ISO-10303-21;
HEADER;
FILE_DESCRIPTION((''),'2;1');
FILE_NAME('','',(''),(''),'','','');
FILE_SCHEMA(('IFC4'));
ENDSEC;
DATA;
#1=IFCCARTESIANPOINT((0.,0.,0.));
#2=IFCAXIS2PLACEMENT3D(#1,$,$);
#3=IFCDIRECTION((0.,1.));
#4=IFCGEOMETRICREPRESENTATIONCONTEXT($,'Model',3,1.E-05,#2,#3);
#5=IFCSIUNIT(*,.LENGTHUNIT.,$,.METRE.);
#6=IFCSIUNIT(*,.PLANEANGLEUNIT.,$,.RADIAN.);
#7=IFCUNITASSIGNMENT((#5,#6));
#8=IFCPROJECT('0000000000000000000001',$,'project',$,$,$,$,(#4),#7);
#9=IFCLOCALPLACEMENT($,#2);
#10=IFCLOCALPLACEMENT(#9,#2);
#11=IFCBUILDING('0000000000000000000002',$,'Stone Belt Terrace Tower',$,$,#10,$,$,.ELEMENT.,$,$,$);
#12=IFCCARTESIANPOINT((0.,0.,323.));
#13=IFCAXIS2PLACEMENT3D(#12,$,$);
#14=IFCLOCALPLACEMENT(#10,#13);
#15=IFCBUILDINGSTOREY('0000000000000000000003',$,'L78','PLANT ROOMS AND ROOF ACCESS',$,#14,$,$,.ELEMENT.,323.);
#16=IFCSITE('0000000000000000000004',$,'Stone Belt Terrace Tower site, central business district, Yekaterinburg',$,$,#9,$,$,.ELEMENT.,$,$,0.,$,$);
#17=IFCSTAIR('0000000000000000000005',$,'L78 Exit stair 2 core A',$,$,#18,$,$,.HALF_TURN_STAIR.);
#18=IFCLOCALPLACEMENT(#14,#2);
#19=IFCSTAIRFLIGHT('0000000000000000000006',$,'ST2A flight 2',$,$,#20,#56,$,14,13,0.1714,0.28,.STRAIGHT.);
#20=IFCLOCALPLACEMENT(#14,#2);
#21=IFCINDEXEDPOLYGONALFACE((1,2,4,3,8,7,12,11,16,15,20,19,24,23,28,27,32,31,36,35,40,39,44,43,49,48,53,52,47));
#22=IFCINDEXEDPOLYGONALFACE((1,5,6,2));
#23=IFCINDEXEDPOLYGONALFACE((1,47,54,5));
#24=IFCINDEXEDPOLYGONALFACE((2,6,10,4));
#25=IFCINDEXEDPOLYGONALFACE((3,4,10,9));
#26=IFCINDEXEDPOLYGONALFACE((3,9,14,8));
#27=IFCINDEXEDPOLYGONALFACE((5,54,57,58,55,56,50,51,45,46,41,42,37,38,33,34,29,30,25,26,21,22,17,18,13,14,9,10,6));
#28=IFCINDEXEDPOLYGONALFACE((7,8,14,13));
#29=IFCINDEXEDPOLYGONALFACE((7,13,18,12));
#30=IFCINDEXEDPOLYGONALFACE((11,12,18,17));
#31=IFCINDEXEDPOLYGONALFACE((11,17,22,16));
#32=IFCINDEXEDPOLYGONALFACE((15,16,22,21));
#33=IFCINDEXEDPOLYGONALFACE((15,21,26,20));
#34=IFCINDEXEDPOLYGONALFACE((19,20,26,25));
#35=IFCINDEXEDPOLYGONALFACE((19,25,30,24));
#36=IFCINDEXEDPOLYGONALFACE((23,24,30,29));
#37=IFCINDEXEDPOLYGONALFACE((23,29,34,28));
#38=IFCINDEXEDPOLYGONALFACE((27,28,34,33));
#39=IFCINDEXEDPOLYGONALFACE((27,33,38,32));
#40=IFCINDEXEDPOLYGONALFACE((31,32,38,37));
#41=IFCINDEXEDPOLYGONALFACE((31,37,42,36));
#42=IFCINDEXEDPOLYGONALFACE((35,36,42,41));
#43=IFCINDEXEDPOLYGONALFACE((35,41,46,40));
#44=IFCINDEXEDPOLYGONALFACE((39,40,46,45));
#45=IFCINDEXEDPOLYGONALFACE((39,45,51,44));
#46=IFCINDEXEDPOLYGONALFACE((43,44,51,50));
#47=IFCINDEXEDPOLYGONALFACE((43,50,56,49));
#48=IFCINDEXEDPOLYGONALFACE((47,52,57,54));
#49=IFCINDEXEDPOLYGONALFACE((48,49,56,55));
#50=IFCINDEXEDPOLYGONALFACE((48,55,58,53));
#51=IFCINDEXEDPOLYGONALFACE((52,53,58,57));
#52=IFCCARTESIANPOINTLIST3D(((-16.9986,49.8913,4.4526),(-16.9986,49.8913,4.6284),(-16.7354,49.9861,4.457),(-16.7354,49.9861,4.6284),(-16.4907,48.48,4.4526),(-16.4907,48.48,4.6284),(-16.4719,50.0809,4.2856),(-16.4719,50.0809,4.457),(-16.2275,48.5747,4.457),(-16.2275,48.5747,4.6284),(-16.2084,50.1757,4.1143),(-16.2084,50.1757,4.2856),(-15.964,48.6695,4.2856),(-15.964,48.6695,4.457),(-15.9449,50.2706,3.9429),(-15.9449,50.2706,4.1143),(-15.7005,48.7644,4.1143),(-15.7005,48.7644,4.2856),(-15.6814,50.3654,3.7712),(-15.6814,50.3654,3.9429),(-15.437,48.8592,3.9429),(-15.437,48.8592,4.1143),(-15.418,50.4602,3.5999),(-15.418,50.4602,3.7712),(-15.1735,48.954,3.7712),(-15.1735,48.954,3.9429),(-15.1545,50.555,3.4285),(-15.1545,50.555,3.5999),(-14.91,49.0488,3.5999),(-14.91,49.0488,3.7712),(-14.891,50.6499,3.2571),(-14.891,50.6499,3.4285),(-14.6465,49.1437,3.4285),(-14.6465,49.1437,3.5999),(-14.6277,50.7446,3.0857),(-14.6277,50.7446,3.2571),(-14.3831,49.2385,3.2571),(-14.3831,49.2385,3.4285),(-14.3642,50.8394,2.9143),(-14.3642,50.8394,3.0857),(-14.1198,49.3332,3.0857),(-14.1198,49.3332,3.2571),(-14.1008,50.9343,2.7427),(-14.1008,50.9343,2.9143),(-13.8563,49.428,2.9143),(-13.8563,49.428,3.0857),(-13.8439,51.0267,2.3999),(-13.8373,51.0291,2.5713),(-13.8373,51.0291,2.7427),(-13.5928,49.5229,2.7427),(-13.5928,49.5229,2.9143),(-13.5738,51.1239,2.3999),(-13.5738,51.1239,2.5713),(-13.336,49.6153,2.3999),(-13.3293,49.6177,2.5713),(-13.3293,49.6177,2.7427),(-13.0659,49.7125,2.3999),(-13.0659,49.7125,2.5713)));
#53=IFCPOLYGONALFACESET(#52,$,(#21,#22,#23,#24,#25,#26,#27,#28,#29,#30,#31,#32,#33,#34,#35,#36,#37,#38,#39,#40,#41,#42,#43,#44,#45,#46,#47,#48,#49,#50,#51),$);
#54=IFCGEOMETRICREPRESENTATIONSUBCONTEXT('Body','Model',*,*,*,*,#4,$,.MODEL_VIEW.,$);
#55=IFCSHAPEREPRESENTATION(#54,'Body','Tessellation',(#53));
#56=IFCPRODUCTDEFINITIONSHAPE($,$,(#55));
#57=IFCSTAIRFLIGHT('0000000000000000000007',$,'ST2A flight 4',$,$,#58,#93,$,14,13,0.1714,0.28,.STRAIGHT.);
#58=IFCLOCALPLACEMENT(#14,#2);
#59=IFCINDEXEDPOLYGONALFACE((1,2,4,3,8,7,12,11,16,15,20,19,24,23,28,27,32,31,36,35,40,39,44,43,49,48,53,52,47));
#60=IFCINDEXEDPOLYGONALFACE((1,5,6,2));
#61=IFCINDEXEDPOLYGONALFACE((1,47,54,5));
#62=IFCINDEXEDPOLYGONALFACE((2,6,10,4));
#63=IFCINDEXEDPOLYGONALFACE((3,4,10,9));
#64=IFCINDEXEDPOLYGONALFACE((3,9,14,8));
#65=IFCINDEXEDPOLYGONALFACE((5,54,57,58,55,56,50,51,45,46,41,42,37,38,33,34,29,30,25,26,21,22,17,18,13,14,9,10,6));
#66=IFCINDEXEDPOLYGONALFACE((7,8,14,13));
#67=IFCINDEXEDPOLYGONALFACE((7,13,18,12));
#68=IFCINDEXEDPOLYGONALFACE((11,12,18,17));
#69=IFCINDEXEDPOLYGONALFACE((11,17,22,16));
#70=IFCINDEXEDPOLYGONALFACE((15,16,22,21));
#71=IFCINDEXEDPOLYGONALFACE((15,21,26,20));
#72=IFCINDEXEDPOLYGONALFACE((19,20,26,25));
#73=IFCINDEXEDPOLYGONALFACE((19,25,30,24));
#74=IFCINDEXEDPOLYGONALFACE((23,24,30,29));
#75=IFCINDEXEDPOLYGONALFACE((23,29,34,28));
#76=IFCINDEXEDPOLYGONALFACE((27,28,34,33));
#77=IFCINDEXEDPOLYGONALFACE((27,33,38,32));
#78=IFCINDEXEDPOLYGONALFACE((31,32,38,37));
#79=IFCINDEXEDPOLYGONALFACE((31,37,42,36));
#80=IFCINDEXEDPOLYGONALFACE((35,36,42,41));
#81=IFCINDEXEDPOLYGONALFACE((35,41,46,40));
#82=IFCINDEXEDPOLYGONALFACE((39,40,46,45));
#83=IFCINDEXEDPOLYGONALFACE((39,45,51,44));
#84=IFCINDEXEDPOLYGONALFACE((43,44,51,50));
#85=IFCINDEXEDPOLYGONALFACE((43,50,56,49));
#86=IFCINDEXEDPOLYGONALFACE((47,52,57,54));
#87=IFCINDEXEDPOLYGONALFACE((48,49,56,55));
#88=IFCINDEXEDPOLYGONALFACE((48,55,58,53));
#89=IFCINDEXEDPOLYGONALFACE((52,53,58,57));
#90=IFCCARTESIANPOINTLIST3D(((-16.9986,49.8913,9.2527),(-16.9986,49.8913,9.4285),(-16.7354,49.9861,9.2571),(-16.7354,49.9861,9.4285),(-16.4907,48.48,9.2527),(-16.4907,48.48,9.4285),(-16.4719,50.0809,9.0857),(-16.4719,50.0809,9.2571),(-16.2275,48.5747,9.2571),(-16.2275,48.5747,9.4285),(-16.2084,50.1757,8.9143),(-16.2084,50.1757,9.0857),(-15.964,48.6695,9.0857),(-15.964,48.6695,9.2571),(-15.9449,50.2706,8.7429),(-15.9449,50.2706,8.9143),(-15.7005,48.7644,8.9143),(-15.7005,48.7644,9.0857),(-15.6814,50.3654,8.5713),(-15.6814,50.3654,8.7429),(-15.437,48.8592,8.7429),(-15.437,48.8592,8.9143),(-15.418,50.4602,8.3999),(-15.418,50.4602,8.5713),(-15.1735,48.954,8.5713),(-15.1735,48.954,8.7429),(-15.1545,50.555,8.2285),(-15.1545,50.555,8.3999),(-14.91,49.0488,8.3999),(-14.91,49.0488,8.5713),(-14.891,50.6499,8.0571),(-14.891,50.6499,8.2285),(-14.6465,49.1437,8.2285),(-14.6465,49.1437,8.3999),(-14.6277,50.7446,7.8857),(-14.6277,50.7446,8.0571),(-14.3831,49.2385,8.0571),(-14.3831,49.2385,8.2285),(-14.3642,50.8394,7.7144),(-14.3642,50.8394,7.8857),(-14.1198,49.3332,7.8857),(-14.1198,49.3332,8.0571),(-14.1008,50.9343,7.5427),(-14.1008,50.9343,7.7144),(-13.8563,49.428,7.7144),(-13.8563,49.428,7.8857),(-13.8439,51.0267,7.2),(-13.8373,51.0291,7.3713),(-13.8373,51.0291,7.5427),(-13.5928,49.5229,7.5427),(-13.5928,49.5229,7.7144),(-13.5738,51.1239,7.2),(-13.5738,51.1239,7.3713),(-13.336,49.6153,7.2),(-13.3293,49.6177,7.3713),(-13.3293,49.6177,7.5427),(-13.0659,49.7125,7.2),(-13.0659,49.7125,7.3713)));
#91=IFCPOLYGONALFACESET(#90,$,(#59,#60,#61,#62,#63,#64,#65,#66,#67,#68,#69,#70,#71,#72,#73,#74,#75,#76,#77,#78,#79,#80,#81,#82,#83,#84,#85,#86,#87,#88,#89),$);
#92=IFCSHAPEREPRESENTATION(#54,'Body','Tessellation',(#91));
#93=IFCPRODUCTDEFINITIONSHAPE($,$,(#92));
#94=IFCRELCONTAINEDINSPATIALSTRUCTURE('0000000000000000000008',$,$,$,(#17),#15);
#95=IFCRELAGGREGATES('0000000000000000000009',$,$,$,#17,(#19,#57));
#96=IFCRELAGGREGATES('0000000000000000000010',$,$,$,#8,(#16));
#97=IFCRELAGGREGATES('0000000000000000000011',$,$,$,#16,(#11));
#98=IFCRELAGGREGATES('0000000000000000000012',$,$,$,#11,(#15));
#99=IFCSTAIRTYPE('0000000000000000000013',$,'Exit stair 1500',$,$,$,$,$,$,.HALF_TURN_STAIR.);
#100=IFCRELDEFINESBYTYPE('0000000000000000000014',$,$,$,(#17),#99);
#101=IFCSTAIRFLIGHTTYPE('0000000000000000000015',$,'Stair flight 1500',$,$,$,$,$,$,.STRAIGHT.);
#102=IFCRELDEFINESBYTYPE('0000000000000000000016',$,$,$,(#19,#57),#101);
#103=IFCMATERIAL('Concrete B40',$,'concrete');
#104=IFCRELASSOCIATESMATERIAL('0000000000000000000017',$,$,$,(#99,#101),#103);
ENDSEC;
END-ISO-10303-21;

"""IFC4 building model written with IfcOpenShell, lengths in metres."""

from ifc_helpers import new_model, si_unit, direction, frame, origin, place, context, subcontext, project, spatial, polyline, outline, extrude, material, type_object, element, aggregate, save


model = new_model("IFC4")

# Units and contexts
model_context = context("Model", 3, precision=1e-05, world=origin(), true_north=direction((0.0, 1.0)))
body_context = subcontext(model_context, "Body", "Model", "MODEL_VIEW")
ifc_project = project(units=[si_unit("LENGTHUNIT", "METRE"), si_unit("PLANEANGLEUNIT", "RADIAN")], contexts=[model_context])

# Site, building, storey
site_placement = place(None, origin())
site = spatial("IfcSite", under=ifc_project, at=site_placement, Name="Stone Belt Terrace Tower site, central business district, Yekaterinburg", CompositionType="ELEMENT", RefElevation=0.0)
building_placement = place(site_placement, origin())
building = spatial("IfcBuilding", under=site, at=building_placement, Name="Stone Belt Terrace Tower", CompositionType="ELEMENT")
storey_placement = place(building_placement, frame((0.0, 0.0, 323.0)))
storey = spatial("IfcBuildingStorey", under=building, at=storey_placement, Name="L78", Description="PLANT ROOMS AND ROOF ACCESS", CompositionType="ELEMENT", Elevation=323.0)

# Stair, stair flights
ifc_material_1 = material(Name="Concrete B40", Category="concrete")
stair_type = type_object("IfcStairType", Name="Exit stair 1500", PredefinedType="HALF_TURN_STAIR", material=ifc_material_1)
stair_placement = place(storey_placement, origin())
stair = element("IfcStair", 1, at=stair_placement, inside=storey, type_object=stair_type, Name="L78 Exit stair 2 core A", PredefinedType="HALF_TURN_STAIR")
stair_flight_type = type_object("IfcStairFlightType", Name="Stair flight 1500", PredefinedType="STRAIGHT", material=ifc_material_1)
stair_flight_1_placement = place(storey_placement, frame((-13.3198, 50.4182, 2.3999), z_axis=(0.0, 0.0, 1.0), x_axis=(-0.940922, -0.338624, 0.0)))
stair_flight_1 = element("IfcStairFlight", 2, at=stair_flight_1_placement, type_object=stair_flight_type, Name="ST2A flight 2", NumberOfRisers=14, NumberOfTreads=13, PredefinedType="STRAIGHT", RiserHeight=0.1714, TreadLength=0.28, context=body_context, shape_type="SweptSolid", body=[
    extrude(outline(polyline([(0.0, 0.0), (0.0, 0.1714), (0.28, 0.1714), (0.28, 0.3428), (0.5601, 0.3428), (0.5601, 0.5144), (0.8401, 0.5144), (0.8401, 0.6858), (1.1201, 0.6858), (1.1201, 0.8572), (1.3999, 0.8572), (1.3999, 1.0286), (1.6799, 1.0286), (1.6799, 1.2), (1.96, 1.2), (1.96, 1.3713), (2.24, 1.3713), (2.24, 1.543), (2.52, 1.543), (2.52, 1.7144), (2.8, 1.7144), (2.8, 1.8857), (3.0801, 1.8857), (3.0801, 2.0571), (3.3601, 2.0571), (3.3601, 2.2285), (3.6399, 2.2285), (3.6399, 2.3999), (3.6399, 2.0527), (0.2871, 0.0), (0.0, 0.0)])), frame((0.0, 0.75, 0.0), z_axis=(0.0, -1.0, 0.0), x_axis=(1.0, 0.0, 0.0)), (0.0, 0.0, 1.0), 1.5),
])
stair_flight_2_placement = place(storey_placement, frame((-13.3198, 50.4182, 7.2), z_axis=(0.0, 0.0, 1.0), x_axis=(-0.940922, -0.338624, 0.0)))
stair_flight_2 = element("IfcStairFlight", 3, at=stair_flight_2_placement, type_object=stair_flight_type, Name="ST2A flight 4", NumberOfRisers=14, NumberOfTreads=13, PredefinedType="STRAIGHT", RiserHeight=0.1714, TreadLength=0.28, context=body_context, shape_type="SweptSolid", body=[
    extrude(outline(polyline([(0.0, 0.0), (0.0, 0.1714), (0.28, 0.1714), (0.28, 0.3428), (0.5601, 0.3428), (0.5601, 0.5144), (0.8401, 0.5144), (0.8401, 0.6858), (1.1201, 0.6858), (1.1201, 0.8572), (1.3999, 0.8572), (1.3999, 1.0286), (1.6799, 1.0286), (1.6799, 1.2), (1.96, 1.2), (1.96, 1.3713), (2.24, 1.3713), (2.24, 1.543), (2.52, 1.543), (2.52, 1.7144), (2.8, 1.7144), (2.8, 1.8857), (3.0801, 1.8857), (3.0801, 2.0571), (3.3601, 2.0571), (3.3601, 2.2285), (3.6399, 2.2285), (3.6399, 2.3999), (3.6399, 2.0527), (0.2871, 0.0), (0.0, 0.0)])), frame((0.0, 0.75, 0.0), z_axis=(0.0, -1.0, 0.0), x_axis=(1.0, 0.0, 0.0)), (0.0, 0.0, 1.0), 1.5),
])
aggregate(stair, [stair_flight_1, stair_flight_2])

save(model, "model.ifc")
